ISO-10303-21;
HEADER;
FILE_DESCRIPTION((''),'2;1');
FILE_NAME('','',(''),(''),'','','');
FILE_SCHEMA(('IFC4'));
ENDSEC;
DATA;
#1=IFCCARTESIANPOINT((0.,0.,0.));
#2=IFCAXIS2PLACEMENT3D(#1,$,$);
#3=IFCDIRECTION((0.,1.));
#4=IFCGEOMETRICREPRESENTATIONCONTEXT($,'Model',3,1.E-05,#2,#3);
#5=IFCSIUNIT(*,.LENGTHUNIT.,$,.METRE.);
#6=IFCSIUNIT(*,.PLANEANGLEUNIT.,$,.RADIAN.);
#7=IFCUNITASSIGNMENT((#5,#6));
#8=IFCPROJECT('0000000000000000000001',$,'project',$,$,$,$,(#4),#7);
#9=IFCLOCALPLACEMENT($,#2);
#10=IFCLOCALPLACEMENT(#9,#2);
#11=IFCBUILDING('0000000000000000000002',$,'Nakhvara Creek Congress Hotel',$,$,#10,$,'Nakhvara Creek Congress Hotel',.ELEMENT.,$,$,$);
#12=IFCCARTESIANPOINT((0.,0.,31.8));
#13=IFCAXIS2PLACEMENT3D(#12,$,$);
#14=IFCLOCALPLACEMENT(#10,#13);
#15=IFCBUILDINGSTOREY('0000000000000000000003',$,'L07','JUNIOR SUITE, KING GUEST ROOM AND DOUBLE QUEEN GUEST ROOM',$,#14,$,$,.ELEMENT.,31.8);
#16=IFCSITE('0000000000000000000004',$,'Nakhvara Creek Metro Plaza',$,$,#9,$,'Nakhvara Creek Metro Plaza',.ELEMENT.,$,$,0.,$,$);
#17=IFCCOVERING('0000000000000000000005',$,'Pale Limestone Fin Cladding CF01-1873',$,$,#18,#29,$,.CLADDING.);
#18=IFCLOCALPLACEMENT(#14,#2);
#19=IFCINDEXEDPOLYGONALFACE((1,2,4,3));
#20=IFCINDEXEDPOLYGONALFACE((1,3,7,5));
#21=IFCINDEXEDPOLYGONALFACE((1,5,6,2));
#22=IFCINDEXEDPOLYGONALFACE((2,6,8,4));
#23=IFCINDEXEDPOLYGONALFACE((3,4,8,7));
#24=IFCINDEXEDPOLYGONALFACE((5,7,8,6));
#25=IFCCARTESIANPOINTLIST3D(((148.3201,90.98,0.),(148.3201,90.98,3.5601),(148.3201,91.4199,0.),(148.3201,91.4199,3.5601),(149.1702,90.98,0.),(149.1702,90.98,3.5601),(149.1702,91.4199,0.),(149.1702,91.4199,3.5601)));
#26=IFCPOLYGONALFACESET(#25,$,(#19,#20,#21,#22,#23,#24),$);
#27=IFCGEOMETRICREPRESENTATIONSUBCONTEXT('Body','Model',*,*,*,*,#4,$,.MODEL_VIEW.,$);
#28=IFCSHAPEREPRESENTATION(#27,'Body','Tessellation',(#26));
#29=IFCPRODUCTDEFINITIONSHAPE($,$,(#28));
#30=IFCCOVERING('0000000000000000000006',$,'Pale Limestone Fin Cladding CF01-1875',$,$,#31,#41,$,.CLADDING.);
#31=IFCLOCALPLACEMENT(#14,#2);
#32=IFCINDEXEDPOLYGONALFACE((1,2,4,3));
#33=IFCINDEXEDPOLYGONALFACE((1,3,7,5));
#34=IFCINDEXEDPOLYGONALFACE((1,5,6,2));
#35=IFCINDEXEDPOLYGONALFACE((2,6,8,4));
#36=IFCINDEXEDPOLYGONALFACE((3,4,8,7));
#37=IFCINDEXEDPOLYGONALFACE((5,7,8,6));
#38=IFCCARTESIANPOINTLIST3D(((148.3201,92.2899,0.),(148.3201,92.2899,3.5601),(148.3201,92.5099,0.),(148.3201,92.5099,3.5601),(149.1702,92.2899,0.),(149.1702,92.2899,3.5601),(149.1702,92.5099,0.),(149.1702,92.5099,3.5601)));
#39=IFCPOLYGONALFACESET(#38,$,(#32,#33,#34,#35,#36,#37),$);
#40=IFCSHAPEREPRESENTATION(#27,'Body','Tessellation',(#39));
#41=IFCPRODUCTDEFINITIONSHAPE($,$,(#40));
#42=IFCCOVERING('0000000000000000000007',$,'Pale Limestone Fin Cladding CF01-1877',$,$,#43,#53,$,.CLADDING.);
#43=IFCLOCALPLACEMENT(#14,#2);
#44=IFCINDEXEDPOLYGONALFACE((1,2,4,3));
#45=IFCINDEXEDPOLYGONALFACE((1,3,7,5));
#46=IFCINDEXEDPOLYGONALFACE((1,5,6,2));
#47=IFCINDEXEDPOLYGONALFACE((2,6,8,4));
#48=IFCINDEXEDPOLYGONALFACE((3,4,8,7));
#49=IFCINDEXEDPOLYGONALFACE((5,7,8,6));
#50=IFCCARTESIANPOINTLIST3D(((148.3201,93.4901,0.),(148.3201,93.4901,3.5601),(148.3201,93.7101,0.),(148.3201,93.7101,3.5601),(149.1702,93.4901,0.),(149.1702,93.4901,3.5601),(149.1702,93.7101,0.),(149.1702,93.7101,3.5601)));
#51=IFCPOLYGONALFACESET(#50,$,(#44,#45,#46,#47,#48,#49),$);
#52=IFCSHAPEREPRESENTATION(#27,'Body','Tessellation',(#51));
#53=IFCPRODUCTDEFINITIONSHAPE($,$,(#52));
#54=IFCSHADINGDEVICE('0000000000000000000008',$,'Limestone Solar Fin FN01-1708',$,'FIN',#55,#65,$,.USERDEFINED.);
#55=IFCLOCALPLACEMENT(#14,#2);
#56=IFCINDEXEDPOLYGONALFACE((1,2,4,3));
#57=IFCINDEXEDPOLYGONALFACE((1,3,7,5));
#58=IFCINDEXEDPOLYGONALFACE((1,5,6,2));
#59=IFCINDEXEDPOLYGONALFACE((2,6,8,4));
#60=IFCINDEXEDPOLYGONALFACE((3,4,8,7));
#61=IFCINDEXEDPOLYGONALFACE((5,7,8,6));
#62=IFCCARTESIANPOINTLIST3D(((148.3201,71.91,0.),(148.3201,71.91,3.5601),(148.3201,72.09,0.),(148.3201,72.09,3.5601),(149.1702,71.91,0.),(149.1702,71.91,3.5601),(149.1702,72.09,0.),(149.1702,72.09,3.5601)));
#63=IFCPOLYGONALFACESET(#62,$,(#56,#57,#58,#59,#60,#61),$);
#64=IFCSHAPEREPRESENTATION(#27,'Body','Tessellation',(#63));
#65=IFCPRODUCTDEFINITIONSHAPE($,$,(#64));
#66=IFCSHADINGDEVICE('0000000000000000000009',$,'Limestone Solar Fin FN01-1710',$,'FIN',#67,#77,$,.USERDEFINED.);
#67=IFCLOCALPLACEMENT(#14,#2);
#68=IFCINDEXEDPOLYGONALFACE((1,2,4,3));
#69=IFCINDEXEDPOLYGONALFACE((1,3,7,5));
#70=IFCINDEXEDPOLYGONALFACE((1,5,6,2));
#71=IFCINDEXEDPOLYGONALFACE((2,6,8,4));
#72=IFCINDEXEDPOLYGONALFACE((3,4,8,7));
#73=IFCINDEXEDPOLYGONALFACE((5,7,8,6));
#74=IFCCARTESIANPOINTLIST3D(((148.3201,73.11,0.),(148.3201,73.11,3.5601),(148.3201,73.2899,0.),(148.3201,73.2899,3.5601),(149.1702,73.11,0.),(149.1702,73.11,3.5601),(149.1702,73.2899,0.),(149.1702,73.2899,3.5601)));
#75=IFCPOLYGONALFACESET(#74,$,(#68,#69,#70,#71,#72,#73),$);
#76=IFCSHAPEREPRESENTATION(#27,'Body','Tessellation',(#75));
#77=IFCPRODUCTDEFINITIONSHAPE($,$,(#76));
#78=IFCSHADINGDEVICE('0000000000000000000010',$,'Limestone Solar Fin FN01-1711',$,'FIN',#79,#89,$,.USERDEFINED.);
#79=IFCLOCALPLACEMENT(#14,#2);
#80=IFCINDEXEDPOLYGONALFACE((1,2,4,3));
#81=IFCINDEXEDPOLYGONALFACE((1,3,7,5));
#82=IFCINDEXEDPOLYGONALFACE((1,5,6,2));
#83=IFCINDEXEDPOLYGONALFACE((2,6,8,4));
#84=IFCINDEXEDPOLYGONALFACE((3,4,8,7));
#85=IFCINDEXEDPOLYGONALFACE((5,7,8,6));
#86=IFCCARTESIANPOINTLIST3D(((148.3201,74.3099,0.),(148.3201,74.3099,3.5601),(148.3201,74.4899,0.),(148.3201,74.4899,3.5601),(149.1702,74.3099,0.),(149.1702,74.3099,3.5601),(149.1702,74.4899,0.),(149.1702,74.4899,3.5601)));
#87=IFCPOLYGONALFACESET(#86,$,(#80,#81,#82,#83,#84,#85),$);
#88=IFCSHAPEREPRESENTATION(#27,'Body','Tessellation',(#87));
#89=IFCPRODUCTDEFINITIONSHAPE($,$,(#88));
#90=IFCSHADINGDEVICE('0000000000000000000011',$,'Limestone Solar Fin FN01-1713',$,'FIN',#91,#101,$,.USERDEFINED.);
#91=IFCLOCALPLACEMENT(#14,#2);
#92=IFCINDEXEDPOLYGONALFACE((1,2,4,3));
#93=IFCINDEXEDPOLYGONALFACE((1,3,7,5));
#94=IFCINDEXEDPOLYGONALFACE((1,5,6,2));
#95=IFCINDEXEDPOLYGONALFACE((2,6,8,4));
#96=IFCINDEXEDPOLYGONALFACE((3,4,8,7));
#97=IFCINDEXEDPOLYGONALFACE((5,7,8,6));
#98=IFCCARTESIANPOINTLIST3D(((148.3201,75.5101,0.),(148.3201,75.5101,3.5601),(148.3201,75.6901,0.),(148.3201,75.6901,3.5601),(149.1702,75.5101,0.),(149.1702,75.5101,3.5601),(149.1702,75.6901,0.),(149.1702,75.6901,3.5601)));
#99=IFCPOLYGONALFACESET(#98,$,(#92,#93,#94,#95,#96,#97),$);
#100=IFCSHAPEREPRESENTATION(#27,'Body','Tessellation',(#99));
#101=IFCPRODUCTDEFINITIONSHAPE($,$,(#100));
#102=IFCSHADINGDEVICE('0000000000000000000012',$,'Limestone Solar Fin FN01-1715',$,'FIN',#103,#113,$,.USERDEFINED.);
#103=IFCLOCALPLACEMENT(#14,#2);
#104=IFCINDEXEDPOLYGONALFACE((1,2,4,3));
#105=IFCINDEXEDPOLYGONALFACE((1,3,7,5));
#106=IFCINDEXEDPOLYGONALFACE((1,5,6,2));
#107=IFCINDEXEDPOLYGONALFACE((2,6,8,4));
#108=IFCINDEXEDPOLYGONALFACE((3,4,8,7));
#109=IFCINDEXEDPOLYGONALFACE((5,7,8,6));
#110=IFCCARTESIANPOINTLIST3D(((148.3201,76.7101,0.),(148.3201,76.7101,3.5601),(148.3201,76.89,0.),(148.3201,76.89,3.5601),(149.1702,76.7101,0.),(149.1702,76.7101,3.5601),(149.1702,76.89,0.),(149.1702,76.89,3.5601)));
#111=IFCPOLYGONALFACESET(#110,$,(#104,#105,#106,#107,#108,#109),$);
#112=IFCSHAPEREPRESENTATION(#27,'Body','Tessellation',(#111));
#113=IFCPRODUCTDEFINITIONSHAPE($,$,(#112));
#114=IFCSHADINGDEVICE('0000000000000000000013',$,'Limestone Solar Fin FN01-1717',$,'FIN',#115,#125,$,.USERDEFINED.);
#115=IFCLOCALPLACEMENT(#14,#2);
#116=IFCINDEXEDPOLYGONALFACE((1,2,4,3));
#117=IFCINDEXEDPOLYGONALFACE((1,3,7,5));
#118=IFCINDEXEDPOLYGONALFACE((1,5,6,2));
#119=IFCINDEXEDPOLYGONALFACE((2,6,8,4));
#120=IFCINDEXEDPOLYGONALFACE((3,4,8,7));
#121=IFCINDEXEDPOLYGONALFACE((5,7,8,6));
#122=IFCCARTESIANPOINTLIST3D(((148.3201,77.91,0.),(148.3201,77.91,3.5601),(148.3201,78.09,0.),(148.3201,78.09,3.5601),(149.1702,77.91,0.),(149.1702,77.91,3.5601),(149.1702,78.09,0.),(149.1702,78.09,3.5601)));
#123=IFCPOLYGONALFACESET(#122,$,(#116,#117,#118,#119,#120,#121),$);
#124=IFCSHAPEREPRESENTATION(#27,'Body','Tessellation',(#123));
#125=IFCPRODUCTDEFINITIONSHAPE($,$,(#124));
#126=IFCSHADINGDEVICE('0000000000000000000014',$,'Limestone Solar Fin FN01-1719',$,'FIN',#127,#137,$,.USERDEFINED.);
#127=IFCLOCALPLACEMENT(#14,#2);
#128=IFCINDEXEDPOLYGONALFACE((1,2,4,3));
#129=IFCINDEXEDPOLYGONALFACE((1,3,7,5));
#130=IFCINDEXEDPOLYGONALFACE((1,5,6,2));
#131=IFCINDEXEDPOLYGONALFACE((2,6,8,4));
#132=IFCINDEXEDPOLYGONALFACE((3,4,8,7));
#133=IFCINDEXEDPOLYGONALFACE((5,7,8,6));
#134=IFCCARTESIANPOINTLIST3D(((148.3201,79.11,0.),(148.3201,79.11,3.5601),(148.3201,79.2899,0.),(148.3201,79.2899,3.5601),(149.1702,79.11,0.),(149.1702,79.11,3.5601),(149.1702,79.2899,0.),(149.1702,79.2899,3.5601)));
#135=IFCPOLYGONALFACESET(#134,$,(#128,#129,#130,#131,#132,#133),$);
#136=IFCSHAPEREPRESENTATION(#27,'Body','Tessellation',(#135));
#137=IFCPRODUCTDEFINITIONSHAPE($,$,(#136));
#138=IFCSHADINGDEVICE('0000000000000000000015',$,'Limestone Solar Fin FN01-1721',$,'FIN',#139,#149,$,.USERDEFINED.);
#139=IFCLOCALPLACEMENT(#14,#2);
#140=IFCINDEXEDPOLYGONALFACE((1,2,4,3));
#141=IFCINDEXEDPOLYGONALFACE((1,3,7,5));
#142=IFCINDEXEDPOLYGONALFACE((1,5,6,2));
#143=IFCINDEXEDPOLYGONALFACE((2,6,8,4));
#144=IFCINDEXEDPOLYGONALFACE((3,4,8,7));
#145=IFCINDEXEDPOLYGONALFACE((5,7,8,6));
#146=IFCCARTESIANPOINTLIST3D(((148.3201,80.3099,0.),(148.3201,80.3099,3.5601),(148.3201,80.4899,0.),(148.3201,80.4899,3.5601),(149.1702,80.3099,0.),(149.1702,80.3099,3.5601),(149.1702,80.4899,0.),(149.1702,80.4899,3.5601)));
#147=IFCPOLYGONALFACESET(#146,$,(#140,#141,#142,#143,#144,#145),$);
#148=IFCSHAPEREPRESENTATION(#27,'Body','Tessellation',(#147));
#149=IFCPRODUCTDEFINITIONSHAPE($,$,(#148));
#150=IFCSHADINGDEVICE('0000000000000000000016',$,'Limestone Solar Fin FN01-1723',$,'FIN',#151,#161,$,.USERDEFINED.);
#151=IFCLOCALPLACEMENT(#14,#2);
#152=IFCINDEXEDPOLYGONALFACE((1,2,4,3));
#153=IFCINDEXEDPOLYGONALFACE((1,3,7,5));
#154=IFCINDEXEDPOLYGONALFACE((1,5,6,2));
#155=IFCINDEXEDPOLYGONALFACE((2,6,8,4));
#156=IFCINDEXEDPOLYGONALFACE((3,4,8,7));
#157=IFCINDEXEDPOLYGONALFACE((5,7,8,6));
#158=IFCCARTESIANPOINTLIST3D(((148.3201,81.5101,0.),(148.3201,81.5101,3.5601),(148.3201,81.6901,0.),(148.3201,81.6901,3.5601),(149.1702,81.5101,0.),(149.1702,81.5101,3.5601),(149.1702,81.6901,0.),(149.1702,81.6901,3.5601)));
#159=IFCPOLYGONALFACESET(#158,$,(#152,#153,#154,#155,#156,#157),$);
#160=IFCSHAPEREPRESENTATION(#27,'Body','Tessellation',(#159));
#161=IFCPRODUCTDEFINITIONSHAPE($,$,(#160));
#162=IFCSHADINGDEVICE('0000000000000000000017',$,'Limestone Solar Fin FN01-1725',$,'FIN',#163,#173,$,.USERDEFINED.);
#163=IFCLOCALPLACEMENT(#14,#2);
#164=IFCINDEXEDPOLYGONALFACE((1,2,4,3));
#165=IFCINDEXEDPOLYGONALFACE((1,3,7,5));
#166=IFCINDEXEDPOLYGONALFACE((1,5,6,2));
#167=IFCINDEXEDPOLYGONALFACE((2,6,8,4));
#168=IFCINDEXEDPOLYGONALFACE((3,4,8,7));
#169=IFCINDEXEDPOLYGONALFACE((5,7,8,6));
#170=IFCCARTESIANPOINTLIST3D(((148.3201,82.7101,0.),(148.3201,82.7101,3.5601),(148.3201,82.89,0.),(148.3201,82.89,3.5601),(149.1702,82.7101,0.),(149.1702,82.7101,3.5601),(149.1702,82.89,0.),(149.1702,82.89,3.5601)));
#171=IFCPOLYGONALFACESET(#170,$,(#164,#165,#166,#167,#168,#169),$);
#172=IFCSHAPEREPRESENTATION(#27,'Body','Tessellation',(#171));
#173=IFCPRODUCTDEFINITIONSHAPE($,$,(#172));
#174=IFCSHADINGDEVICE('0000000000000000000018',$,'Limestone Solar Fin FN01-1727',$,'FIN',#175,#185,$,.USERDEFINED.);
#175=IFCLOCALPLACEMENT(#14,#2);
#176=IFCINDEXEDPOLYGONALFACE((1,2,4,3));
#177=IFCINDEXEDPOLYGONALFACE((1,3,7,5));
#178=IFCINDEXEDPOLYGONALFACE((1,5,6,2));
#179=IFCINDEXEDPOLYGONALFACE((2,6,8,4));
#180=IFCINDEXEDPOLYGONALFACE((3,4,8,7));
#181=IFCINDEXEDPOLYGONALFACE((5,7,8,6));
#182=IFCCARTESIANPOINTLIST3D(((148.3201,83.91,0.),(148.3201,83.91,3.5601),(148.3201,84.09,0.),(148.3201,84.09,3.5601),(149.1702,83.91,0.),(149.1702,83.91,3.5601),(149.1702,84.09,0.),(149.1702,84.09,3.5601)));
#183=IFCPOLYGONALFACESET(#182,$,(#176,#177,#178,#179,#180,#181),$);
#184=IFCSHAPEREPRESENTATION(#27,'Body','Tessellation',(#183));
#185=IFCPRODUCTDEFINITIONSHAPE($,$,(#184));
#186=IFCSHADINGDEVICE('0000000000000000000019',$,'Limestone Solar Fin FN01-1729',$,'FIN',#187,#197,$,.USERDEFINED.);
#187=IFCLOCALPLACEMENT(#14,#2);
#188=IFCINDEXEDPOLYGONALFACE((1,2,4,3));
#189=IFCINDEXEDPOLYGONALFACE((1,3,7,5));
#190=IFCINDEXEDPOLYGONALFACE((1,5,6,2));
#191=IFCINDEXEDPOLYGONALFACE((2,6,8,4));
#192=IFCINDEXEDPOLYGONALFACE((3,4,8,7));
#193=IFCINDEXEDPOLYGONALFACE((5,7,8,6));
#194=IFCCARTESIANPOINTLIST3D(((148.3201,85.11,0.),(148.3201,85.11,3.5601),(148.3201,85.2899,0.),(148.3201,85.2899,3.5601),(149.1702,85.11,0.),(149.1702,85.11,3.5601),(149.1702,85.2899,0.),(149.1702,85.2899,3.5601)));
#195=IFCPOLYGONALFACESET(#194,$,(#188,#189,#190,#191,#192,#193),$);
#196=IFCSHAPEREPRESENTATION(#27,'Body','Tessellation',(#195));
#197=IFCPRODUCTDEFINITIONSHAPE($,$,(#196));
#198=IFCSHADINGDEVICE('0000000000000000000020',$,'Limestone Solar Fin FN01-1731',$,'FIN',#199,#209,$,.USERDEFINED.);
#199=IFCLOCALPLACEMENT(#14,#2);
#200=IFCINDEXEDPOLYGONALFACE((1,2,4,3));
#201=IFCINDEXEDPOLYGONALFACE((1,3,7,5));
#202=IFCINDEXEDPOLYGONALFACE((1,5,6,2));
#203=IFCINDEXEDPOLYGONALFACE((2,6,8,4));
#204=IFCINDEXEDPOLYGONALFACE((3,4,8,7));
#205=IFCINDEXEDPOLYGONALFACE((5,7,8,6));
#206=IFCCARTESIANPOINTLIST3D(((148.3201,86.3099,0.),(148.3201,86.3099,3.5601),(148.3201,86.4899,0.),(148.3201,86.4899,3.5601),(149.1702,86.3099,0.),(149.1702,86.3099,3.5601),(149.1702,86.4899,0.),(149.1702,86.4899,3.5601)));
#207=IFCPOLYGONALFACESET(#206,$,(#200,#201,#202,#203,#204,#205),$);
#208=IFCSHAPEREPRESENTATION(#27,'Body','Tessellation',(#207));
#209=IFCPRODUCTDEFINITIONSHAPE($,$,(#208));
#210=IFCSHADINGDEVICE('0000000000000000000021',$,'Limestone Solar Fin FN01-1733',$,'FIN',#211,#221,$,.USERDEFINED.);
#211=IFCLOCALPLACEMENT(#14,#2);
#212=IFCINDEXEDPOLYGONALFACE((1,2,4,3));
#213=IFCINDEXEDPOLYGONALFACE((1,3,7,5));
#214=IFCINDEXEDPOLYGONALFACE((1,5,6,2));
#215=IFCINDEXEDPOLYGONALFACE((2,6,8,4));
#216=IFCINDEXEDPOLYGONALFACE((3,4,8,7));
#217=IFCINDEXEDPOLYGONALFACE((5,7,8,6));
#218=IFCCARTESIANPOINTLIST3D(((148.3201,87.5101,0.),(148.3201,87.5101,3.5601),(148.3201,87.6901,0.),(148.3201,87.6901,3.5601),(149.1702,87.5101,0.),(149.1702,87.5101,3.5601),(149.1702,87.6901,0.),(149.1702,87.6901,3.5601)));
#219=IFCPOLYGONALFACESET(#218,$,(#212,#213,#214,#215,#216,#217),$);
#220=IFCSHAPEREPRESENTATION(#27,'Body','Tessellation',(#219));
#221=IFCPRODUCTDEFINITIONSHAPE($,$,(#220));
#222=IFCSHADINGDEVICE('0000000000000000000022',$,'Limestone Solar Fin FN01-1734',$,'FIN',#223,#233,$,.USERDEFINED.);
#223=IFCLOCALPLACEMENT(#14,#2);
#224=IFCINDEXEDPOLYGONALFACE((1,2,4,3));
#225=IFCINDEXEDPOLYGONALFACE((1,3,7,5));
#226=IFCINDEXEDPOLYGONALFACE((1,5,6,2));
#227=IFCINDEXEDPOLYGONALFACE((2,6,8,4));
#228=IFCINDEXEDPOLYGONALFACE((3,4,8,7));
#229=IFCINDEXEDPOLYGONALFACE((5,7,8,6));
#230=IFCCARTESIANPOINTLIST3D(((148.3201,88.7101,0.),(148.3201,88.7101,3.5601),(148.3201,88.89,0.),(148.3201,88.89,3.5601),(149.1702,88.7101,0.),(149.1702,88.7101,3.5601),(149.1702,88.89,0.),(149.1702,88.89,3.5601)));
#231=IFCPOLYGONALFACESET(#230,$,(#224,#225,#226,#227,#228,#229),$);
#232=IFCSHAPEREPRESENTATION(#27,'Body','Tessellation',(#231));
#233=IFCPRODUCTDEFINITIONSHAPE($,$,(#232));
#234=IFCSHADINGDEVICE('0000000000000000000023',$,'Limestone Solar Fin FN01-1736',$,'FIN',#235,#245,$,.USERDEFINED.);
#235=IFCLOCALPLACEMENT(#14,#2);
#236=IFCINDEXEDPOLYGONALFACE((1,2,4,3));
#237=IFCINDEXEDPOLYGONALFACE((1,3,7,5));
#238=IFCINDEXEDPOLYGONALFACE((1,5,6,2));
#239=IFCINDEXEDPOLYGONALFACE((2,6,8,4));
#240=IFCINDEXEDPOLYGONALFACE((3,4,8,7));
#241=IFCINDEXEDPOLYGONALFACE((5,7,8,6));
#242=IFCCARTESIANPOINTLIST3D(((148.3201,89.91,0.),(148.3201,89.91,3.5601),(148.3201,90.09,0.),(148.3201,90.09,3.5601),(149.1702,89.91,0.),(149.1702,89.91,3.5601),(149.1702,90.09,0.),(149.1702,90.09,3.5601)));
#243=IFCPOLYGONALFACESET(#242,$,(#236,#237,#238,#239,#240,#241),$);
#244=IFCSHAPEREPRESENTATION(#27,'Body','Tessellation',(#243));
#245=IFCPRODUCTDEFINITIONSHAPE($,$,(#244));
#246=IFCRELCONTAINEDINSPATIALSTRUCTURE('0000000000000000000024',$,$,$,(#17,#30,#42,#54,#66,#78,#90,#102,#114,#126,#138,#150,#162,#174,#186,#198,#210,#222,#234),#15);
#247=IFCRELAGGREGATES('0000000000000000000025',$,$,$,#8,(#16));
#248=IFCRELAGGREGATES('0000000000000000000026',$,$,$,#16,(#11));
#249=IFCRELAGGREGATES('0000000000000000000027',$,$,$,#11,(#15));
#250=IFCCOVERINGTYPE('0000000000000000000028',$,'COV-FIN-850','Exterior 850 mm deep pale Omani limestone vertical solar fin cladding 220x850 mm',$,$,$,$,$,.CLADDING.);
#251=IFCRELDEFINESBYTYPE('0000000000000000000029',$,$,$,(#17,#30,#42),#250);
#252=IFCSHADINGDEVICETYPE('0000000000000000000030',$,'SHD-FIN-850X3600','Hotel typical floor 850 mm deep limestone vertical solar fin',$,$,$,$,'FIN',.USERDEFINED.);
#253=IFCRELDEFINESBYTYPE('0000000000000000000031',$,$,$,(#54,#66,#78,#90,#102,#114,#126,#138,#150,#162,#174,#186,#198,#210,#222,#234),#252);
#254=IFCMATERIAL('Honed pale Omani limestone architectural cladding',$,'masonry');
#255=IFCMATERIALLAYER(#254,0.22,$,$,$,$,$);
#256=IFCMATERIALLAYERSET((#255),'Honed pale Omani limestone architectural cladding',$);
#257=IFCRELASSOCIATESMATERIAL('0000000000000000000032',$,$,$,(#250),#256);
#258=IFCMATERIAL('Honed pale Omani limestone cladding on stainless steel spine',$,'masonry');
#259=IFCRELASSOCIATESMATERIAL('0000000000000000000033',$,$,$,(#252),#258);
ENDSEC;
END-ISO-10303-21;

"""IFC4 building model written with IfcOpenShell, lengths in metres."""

from ifc_helpers import new_model, si_unit, direction, frame, origin, origin_2d, place, context, subcontext, project, spatial, rectangle, extrude, material, layer, layer_set, type_object, element, save


model = new_model("IFC4")

# Units and contexts
model_context = context("Model", 3, precision=1e-05, world=origin(), true_north=direction((0.0, 1.0)))
body_context = subcontext(model_context, "Body", "Model", "MODEL_VIEW")
ifc_project = project(units=[si_unit("LENGTHUNIT", "METRE"), si_unit("PLANEANGLEUNIT", "RADIAN")], contexts=[model_context])

# Site, building, storey
site_placement = place(None, origin())
site = spatial("IfcSite", under=ifc_project, at=site_placement, Name="Nakhvara Creek Metro Plaza", LongName="Nakhvara Creek Metro Plaza", CompositionType="ELEMENT", RefElevation=0.0)
building_placement = place(site_placement, origin())
building = spatial("IfcBuilding", under=site, at=building_placement, Name="Nakhvara Creek Congress Hotel", LongName="Nakhvara Creek Congress Hotel", CompositionType="ELEMENT")
storey_placement = place(building_placement, frame((0.0, 0.0, 31.8)))
storey = spatial("IfcBuildingStorey", under=building, at=storey_placement, Name="L07", Description="JUNIOR SUITE, KING GUEST ROOM AND DOUBLE QUEEN GUEST ROOM", CompositionType="ELEMENT", Elevation=31.8)

# Coverings
ifc_material_1 = material(Name="Honed pale Omani limestone architectural cladding", Category="masonry")
ifc_layer = layer(ifc_material_1, 0.22)
ifc_layer_set = layer_set([ifc_layer], Name="Honed pale Omani limestone architectural cladding")
covering_type = type_object("IfcCoveringType", Name="COV-FIN-850", Description="Exterior 850 mm deep pale Omani limestone vertical solar fin cladding 220x850 mm", PredefinedType="CLADDING", material=ifc_layer_set)
covering_1_placement = place(storey_placement, frame((148.7451, 91.2, 0.0), z_axis=(0.0, 0.0, 1.0), x_axis=(0.0, 1.0, 0.0)))
element("IfcCovering", 1, at=covering_1_placement, inside=storey, type_object=covering_type, Name="Pale Limestone Fin Cladding CF01-1873", PredefinedType="CLADDING", context=body_context, shape_type="SweptSolid", body=[
    extrude(rectangle(XDim=0.4399, YDim=0.8501, at=origin_2d()), origin(), (0.0, 0.0, 1.0), 3.5601),
])
for number, where, z_axis, x_axis, name in (
    (2, (148.7451, 92.3999, 0.0), (0.0, 0.0, 1.0), (0.0, 1.0, 0.0), "Pale Limestone Fin Cladding CF01-1875"),
    (3, (148.7451, 93.6001, 0.0), (0.0, 0.0, 1.0), (0.0, 1.0, 0.0), "Pale Limestone Fin Cladding CF01-1877"),
):
    element("IfcCovering", number, at=place(storey_placement, frame(where, z_axis=z_axis, x_axis=x_axis)), inside=storey, type_object=covering_type, Name=name, PredefinedType="CLADDING", context=body_context, shape_type="SweptSolid", body=[
        extrude(rectangle(XDim=0.22, YDim=0.8501, at=origin_2d()), origin(), (0.0, 0.0, 1.0), 3.5601),
    ])

# Shading devices
ifc_material_2 = material(Name="Honed pale Omani limestone cladding on stainless steel spine", Category="masonry")
shading_device_type = type_object("IfcShadingDeviceType", Name="SHD-FIN-850X3600", Description="Hotel typical floor 850 mm deep limestone vertical solar fin", ElementType="FIN", PredefinedType="USERDEFINED", material=ifc_material_2)
for number, where, z_axis, x_axis, name in (
    (4, (148.7451, 72.0, 0.0), (0.0, 0.0, 1.0), (0.0, 1.0, 0.0), "Limestone Solar Fin FN01-1708"),
    (5, (148.7451, 73.2, 0.0), (0.0, 0.0, 1.0), (0.0, 1.0, 0.0), "Limestone Solar Fin FN01-1710"),
    (6, (148.7451, 74.3999, 0.0), (0.0, 0.0, 1.0), (0.0, 1.0, 0.0), "Limestone Solar Fin FN01-1711"),
    (7, (148.7451, 75.6001, 0.0), (0.0, 0.0, 1.0), (0.0, 1.0, 0.0), "Limestone Solar Fin FN01-1713"),
    (8, (148.7451, 76.8, 0.0), (0.0, 0.0, 1.0), (0.0, 1.0, 0.0), "Limestone Solar Fin FN01-1715"),
    (9, (148.7451, 78.0, 0.0), (0.0, 0.0, 1.0), (0.0, 1.0, 0.0), "Limestone Solar Fin FN01-1717"),
    (10, (148.7451, 79.2, 0.0), (0.0, 0.0, 1.0), (0.0, 1.0, 0.0), "Limestone Solar Fin FN01-1719"),
    (11, (148.7451, 80.3999, 0.0), (0.0, 0.0, 1.0), (0.0, 1.0, 0.0), "Limestone Solar Fin FN01-1721"),
    (12, (148.7451, 81.6001, 0.0), (0.0, 0.0, 1.0), (0.0, 1.0, 0.0), "Limestone Solar Fin FN01-1723"),
    (13, (148.7451, 82.8, 0.0), (0.0, 0.0, 1.0), (0.0, 1.0, 0.0), "Limestone Solar Fin FN01-1725"),
    (14, (148.7451, 84.0, 0.0), (0.0, 0.0, 1.0), (0.0, 1.0, 0.0), "Limestone Solar Fin FN01-1727"),
    (15, (148.7451, 85.2, 0.0), (0.0, 0.0, 1.0), (0.0, 1.0, 0.0), "Limestone Solar Fin FN01-1729"),
    (16, (148.7451, 86.3999, 0.0), (0.0, 0.0, 1.0), (0.0, 1.0, 0.0), "Limestone Solar Fin FN01-1731"),
    (17, (148.7451, 87.6001, 0.0), (0.0, 0.0, 1.0), (0.0, 1.0, 0.0), "Limestone Solar Fin FN01-1733"),
    (18, (148.7451, 88.8, 0.0), (0.0, 0.0, 1.0), (0.0, 1.0, 0.0), "Limestone Solar Fin FN01-1734"),
    (19, (148.7451, 90.0, 0.0), (0.0, 0.0, 1.0), (0.0, 1.0, 0.0), "Limestone Solar Fin FN01-1736"),
):
    element("IfcShadingDevice", number, at=place(storey_placement, frame(where, z_axis=z_axis, x_axis=x_axis)), inside=storey, type_object=shading_device_type, Name=name, ObjectType="FIN", PredefinedType="USERDEFINED", context=body_context, shape_type="SweptSolid", body=[
        extrude(rectangle(XDim=0.1799, YDim=0.8501, at=origin_2d()), origin(), (0.0, 0.0, 1.0), 3.5601),
    ])

save(model, "model.ifc")
